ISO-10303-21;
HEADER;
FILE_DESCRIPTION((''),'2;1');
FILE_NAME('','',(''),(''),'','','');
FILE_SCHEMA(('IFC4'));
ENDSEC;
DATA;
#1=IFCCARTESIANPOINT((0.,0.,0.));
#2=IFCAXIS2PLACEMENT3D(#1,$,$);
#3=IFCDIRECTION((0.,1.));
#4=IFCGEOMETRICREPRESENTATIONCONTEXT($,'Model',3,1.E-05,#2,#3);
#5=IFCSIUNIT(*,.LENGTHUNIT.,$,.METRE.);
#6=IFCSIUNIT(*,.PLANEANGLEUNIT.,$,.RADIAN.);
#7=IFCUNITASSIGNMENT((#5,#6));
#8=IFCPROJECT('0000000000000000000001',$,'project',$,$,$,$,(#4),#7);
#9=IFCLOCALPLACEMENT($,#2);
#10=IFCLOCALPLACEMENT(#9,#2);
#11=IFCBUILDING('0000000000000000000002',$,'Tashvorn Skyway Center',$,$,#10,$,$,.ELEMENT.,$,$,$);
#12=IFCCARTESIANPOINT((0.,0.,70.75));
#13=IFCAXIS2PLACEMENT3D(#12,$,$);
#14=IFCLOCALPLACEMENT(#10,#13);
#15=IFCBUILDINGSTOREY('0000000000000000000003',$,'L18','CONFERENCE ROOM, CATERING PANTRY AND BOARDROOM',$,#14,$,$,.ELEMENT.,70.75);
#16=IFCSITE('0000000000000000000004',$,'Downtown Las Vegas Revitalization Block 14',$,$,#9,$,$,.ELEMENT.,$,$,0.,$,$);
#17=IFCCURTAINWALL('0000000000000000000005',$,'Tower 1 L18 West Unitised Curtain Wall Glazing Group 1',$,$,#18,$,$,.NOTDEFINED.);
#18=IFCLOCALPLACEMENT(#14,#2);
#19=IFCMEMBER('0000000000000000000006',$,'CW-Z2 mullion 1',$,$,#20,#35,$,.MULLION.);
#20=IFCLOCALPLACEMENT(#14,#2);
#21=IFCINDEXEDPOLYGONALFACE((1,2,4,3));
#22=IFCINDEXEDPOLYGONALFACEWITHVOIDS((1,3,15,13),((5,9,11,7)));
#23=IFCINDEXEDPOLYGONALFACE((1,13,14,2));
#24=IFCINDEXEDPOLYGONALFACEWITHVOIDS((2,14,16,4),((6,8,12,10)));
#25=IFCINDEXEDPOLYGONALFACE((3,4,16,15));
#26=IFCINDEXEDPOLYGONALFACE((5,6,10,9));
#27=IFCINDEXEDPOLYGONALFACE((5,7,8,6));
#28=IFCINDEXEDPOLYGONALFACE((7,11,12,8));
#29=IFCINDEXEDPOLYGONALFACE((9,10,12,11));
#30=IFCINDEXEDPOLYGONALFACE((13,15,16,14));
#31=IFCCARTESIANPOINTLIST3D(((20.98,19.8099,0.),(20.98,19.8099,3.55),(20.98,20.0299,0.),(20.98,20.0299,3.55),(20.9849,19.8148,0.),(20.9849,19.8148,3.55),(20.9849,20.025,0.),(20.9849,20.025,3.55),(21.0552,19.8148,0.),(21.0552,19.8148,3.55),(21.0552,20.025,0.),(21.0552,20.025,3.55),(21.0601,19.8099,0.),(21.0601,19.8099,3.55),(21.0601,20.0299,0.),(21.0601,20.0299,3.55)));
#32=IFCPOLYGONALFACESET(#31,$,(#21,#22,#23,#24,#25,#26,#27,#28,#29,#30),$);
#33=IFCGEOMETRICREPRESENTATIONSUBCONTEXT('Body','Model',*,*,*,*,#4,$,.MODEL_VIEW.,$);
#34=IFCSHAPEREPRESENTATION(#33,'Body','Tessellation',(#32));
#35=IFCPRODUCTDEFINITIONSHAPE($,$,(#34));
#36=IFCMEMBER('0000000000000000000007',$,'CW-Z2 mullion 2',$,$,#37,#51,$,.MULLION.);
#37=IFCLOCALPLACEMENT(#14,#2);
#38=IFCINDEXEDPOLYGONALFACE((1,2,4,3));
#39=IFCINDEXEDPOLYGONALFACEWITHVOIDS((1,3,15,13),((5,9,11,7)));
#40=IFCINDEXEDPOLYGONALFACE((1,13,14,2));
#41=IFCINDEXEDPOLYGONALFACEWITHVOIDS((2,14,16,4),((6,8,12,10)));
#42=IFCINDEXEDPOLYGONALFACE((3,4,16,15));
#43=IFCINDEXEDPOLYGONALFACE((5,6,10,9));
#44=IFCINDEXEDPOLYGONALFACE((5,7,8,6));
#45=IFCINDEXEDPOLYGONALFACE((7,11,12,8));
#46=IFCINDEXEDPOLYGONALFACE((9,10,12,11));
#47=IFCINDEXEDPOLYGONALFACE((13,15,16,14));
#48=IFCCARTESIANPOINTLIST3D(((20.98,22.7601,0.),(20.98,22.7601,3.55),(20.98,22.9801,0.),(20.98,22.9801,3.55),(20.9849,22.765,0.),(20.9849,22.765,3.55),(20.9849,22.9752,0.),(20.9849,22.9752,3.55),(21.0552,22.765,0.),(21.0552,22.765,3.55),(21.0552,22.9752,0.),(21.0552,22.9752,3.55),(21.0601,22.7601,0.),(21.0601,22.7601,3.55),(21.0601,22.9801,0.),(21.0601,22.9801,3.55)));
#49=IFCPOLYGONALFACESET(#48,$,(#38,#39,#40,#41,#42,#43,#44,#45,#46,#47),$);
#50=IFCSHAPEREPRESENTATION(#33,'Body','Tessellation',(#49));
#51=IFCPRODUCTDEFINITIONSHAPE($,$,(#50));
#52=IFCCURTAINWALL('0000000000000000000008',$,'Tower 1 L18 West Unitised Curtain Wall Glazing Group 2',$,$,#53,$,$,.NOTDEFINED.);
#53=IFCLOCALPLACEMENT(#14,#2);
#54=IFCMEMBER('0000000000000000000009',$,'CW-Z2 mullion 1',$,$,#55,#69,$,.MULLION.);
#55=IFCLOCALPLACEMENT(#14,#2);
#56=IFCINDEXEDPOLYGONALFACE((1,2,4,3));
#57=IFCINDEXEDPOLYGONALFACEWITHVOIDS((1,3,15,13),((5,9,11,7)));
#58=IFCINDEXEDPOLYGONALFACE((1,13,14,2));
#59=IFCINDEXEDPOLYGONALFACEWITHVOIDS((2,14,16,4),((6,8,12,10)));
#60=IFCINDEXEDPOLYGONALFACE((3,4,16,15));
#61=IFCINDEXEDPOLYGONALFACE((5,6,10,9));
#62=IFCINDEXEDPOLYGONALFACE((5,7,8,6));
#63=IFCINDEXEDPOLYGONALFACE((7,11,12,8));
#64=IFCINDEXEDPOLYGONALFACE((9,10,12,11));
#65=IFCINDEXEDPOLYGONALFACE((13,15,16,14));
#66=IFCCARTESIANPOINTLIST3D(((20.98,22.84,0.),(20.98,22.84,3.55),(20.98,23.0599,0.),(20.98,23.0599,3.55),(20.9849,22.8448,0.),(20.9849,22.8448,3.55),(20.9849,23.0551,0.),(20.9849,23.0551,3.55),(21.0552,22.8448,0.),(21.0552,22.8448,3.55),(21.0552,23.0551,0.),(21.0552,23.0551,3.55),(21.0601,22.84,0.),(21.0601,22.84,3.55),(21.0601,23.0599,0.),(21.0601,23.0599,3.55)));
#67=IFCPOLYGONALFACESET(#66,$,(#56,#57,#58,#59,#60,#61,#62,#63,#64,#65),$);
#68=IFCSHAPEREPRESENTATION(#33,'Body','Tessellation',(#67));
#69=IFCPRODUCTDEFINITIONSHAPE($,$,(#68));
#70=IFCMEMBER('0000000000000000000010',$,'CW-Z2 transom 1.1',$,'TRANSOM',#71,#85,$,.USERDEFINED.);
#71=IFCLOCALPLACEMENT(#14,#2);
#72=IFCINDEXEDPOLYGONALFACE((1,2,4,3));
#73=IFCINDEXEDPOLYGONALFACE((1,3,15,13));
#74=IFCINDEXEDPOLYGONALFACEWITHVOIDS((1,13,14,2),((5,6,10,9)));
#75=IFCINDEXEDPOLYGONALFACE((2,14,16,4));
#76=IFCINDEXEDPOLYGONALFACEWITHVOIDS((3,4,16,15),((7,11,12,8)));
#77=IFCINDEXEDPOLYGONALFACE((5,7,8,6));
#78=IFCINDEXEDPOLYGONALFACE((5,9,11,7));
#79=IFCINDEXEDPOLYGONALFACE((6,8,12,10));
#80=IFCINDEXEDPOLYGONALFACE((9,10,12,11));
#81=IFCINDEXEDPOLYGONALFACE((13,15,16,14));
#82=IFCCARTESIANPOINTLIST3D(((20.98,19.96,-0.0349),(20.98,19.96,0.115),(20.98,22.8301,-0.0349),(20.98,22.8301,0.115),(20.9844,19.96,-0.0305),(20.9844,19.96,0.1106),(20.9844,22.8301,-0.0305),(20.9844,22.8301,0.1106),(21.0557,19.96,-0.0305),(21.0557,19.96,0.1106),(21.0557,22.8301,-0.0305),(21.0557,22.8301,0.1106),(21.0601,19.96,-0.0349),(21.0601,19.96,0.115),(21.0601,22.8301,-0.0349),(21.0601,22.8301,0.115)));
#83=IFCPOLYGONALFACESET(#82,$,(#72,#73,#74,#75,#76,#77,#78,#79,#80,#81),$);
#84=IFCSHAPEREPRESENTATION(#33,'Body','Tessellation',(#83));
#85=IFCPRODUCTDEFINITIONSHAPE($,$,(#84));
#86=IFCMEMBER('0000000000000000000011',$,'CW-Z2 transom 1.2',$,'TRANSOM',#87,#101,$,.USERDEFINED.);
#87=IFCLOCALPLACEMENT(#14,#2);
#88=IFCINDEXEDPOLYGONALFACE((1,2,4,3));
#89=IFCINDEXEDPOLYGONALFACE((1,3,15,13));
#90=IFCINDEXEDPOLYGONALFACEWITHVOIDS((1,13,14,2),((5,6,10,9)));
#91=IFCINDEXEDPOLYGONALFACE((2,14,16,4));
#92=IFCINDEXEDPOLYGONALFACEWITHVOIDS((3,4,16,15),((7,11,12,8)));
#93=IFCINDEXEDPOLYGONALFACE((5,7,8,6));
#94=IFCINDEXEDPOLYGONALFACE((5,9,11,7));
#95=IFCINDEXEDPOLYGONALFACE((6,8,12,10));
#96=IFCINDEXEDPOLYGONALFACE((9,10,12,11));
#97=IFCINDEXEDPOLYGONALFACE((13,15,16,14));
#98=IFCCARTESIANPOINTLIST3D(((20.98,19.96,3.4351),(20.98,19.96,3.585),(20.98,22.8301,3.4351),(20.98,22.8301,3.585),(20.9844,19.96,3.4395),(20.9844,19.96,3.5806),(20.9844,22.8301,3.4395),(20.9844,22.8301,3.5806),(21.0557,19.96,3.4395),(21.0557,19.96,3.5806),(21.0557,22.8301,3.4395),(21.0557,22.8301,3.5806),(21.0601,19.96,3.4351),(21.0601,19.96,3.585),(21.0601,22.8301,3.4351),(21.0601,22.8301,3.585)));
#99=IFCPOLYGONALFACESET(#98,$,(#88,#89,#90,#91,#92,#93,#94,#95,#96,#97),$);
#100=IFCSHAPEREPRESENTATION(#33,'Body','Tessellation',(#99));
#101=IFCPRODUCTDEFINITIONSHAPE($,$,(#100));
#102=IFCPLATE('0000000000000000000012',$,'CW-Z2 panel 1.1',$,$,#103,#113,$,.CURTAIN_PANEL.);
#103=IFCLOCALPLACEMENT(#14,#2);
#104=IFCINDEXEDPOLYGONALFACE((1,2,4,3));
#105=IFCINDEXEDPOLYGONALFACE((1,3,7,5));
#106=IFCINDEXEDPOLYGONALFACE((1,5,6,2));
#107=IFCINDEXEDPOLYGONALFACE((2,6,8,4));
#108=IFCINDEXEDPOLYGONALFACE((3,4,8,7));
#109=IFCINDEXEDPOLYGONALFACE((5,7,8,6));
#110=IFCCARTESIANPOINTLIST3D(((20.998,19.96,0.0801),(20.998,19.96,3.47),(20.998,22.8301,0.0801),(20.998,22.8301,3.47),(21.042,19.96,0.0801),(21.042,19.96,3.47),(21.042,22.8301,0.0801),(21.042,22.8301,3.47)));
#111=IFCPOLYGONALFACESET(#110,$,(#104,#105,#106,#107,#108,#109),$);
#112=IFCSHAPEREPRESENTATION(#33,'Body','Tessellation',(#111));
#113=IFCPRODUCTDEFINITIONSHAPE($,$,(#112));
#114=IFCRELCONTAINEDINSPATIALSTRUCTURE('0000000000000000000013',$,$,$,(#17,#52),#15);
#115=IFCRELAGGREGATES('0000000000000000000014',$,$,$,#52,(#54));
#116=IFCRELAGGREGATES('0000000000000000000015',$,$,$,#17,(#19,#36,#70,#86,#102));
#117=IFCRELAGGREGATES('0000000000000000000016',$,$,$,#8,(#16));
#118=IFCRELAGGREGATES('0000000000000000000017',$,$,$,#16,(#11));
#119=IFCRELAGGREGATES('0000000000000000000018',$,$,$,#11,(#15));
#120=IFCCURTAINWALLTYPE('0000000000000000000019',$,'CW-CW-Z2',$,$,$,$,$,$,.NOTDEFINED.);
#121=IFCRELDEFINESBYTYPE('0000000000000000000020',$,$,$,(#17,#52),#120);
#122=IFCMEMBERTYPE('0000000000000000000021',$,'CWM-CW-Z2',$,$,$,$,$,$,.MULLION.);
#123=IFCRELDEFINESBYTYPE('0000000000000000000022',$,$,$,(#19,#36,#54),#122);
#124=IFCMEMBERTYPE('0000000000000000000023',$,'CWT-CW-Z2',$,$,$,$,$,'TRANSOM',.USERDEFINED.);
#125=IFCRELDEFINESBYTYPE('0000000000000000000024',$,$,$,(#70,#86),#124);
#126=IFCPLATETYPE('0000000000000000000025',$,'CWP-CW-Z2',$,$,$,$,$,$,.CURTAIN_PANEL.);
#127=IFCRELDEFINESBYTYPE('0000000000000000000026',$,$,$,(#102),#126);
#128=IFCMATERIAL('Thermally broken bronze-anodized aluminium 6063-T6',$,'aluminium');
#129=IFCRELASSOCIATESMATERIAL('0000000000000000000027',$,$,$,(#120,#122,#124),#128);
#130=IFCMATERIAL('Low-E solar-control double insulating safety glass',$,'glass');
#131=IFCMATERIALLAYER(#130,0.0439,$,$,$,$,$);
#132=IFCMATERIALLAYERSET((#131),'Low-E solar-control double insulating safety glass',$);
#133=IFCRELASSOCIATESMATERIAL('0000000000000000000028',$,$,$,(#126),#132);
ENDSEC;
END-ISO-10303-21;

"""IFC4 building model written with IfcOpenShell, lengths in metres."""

from ifc_helpers import new_model, si_unit, direction, frame, origin, origin_2d, place, context, subcontext, project, spatial, rectangle, hollow_rectangle, extrude, material, layer, layer_set, material_profile, profile_set, type_object, element, aggregate, save


model = new_model("IFC4")

# Units and contexts
model_context = context("Model", 3, precision=1e-05, world=origin(), true_north=direction((0.0, 1.0)))
body_context = subcontext(model_context, "Body", "Model", "MODEL_VIEW")
ifc_project = project(units=[si_unit("LENGTHUNIT", "METRE"), si_unit("PLANEANGLEUNIT", "RADIAN")], contexts=[model_context])

# Site, building, storey
site_placement = place(None, origin())
site = spatial("IfcSite", under=ifc_project, at=site_placement, Name="Downtown Las Vegas Revitalization Block 14", CompositionType="ELEMENT", RefElevation=0.0)
building_placement = place(site_placement, origin())
building = spatial("IfcBuilding", under=site, at=building_placement, Name="Tashvorn Skyway Center", CompositionType="ELEMENT")
storey_placement = place(building_placement, frame((0.0, 0.0, 70.75)))
storey = spatial("IfcBuildingStorey", under=building, at=storey_placement, Name="L18", Description="CONFERENCE ROOM, CATERING PANTRY AND BOARDROOM", CompositionType="ELEMENT", Elevation=70.75)

# Curtain wall, members
ifc_material_1 = material(Name="Thermally broken bronze-anodized aluminium 6063-T6", Category="aluminium")
curtain_wall_type = type_object("IfcCurtainWallType", Name="CW-CW-Z2", PredefinedType="NOTDEFINED", material=ifc_material_1)
curtain_wall_1_placement = place(storey_placement, origin())
curtain_wall_1 = element("IfcCurtainWall", 1, at=curtain_wall_1_placement, inside=storey, type_object=curtain_wall_type, Name="Tower 1 L18 West Unitised Curtain Wall Glazing Group 1", PredefinedType="NOTDEFINED")
ifc_material_profile_1 = material_profile(ifc_material_1, hollow_rectangle(XDim=0.0801, YDim=0.22, WallThickness=0.0049, at=origin_2d()), Name="ALU-MULL-80x220")
ifc_profile_set_1 = profile_set([ifc_material_profile_1], Name="Thermally broken bronze-anodized aluminium 6063-T6")
member_type_1 = type_object("IfcMemberType", Name="CWM-CW-Z2", PredefinedType="MULLION", material=ifc_profile_set_1)
member_1_placement = place(storey_placement, frame((21.02, 19.9199, 0.0), z_axis=(0.0, 0.0, 1.0), x_axis=(-1.0, 0.0, 0.0)))
member_1 = element("IfcMember", 2, at=member_1_placement, type_object=member_type_1, Name="CW-Z2 mullion 1", PredefinedType="MULLION", context=body_context, shape_type="SweptSolid", body=[
    extrude(hollow_rectangle(XDim=0.0801, YDim=0.22, WallThickness=0.0049, at=origin_2d()), origin(), (0.0, 0.0, 1.0), 3.55),
])
member_2_placement = place(storey_placement, frame((21.02, 22.8701, 0.0), z_axis=(0.0, 0.0, 1.0), x_axis=(-1.0, 0.0, 0.0)))
member_2 = element("IfcMember", 3, at=member_2_placement, type_object=member_type_1, Name="CW-Z2 mullion 2", PredefinedType="MULLION", context=body_context, shape_type="SweptSolid", body=[
    extrude(hollow_rectangle(XDim=0.0801, YDim=0.22, WallThickness=0.0049, at=origin_2d()), origin(), (0.0, 0.0, 1.0), 3.55),
])

# Curtain wall, member
curtain_wall_2_placement = place(storey_placement, origin())
curtain_wall_2 = element("IfcCurtainWall", 4, at=curtain_wall_2_placement, inside=storey, type_object=curtain_wall_type, Name="Tower 1 L18 West Unitised Curtain Wall Glazing Group 2", PredefinedType="NOTDEFINED")
member_3_placement = place(storey_placement, frame((21.02, 22.95, 0.0), z_axis=(0.0, 0.0, 1.0), x_axis=(-1.0, 0.0, 0.0)))
member_3 = element("IfcMember", 5, at=member_3_placement, type_object=member_type_1, Name="CW-Z2 mullion 1", PredefinedType="MULLION", context=body_context, shape_type="SweptSolid", body=[
    extrude(hollow_rectangle(XDim=0.0801, YDim=0.22, WallThickness=0.0049, at=origin_2d()), origin(), (0.0, 0.0, 1.0), 3.55),
])
aggregate(curtain_wall_2, [member_3])

# Members
ifc_material_profile_2 = material_profile(ifc_material_1, hollow_rectangle(XDim=0.0801, YDim=0.1499, WallThickness=0.0044, at=origin_2d()), Name="ALU-TRAN-80x150")
ifc_profile_set_2 = profile_set([ifc_material_profile_2], Name="Thermally broken bronze-anodized aluminium 6063-T6")
member_type_2 = type_object("IfcMemberType", Name="CWT-CW-Z2", ElementType="TRANSOM", PredefinedType="USERDEFINED", material=ifc_profile_set_2)
member_4_placement = place(storey_placement, frame((21.02, 19.96, 0.04), z_axis=(0.0, 1.0, 0.0), x_axis=(-1.0, 0.0, 0.0)))
member_4 = element("IfcMember", 6, at=member_4_placement, type_object=member_type_2, Name="CW-Z2 transom 1.1", ObjectType="TRANSOM", PredefinedType="USERDEFINED", context=body_context, shape_type="SweptSolid", body=[
    extrude(hollow_rectangle(XDim=0.0801, YDim=0.1499, WallThickness=0.0044, at=origin_2d()), origin(), (0.0, 0.0, 1.0), 2.8701),
])
member_5_placement = place(storey_placement, frame((21.02, 19.96, 3.51), z_axis=(0.0, 1.0, 0.0), x_axis=(-1.0, 0.0, 0.0)))
member_5 = element("IfcMember", 7, at=member_5_placement, type_object=member_type_2, Name="CW-Z2 transom 1.2", ObjectType="TRANSOM", PredefinedType="USERDEFINED", context=body_context, shape_type="SweptSolid", body=[
    extrude(hollow_rectangle(XDim=0.0801, YDim=0.1499, WallThickness=0.0044, at=origin_2d()), origin(), (0.0, 0.0, 1.0), 2.8701),
])

# Plate
ifc_material_2 = material(Name="Low-E solar-control double insulating safety glass", Category="glass")
ifc_layer_1 = layer(ifc_material_2, 0.0439)
ifc_layer_set_1 = layer_set([ifc_layer_1], Name="Low-E solar-control double insulating safety glass")
plate_type = type_object("IfcPlateType", Name="CWP-CW-Z2", PredefinedType="CURTAIN_PANEL", material=ifc_layer_set_1)
plate_placement = place(storey_placement, frame((21.02, 21.395, 0.0801), z_axis=(0.0, 0.0, 1.0), x_axis=(0.0, 1.0, 0.0)))
plate = element("IfcPlate", 8, at=plate_placement, type_object=plate_type, Name="CW-Z2 panel 1.1", PredefinedType="CURTAIN_PANEL", context=body_context, shape_type="SweptSolid", body=[
    extrude(rectangle(XDim=2.8701, YDim=0.0439, at=origin_2d()), origin(), (0.0, 0.0, 1.0), 3.3899),
])
aggregate(curtain_wall_1, [member_1, member_2, member_4, member_5, plate])

save(model, "model.ifc")
